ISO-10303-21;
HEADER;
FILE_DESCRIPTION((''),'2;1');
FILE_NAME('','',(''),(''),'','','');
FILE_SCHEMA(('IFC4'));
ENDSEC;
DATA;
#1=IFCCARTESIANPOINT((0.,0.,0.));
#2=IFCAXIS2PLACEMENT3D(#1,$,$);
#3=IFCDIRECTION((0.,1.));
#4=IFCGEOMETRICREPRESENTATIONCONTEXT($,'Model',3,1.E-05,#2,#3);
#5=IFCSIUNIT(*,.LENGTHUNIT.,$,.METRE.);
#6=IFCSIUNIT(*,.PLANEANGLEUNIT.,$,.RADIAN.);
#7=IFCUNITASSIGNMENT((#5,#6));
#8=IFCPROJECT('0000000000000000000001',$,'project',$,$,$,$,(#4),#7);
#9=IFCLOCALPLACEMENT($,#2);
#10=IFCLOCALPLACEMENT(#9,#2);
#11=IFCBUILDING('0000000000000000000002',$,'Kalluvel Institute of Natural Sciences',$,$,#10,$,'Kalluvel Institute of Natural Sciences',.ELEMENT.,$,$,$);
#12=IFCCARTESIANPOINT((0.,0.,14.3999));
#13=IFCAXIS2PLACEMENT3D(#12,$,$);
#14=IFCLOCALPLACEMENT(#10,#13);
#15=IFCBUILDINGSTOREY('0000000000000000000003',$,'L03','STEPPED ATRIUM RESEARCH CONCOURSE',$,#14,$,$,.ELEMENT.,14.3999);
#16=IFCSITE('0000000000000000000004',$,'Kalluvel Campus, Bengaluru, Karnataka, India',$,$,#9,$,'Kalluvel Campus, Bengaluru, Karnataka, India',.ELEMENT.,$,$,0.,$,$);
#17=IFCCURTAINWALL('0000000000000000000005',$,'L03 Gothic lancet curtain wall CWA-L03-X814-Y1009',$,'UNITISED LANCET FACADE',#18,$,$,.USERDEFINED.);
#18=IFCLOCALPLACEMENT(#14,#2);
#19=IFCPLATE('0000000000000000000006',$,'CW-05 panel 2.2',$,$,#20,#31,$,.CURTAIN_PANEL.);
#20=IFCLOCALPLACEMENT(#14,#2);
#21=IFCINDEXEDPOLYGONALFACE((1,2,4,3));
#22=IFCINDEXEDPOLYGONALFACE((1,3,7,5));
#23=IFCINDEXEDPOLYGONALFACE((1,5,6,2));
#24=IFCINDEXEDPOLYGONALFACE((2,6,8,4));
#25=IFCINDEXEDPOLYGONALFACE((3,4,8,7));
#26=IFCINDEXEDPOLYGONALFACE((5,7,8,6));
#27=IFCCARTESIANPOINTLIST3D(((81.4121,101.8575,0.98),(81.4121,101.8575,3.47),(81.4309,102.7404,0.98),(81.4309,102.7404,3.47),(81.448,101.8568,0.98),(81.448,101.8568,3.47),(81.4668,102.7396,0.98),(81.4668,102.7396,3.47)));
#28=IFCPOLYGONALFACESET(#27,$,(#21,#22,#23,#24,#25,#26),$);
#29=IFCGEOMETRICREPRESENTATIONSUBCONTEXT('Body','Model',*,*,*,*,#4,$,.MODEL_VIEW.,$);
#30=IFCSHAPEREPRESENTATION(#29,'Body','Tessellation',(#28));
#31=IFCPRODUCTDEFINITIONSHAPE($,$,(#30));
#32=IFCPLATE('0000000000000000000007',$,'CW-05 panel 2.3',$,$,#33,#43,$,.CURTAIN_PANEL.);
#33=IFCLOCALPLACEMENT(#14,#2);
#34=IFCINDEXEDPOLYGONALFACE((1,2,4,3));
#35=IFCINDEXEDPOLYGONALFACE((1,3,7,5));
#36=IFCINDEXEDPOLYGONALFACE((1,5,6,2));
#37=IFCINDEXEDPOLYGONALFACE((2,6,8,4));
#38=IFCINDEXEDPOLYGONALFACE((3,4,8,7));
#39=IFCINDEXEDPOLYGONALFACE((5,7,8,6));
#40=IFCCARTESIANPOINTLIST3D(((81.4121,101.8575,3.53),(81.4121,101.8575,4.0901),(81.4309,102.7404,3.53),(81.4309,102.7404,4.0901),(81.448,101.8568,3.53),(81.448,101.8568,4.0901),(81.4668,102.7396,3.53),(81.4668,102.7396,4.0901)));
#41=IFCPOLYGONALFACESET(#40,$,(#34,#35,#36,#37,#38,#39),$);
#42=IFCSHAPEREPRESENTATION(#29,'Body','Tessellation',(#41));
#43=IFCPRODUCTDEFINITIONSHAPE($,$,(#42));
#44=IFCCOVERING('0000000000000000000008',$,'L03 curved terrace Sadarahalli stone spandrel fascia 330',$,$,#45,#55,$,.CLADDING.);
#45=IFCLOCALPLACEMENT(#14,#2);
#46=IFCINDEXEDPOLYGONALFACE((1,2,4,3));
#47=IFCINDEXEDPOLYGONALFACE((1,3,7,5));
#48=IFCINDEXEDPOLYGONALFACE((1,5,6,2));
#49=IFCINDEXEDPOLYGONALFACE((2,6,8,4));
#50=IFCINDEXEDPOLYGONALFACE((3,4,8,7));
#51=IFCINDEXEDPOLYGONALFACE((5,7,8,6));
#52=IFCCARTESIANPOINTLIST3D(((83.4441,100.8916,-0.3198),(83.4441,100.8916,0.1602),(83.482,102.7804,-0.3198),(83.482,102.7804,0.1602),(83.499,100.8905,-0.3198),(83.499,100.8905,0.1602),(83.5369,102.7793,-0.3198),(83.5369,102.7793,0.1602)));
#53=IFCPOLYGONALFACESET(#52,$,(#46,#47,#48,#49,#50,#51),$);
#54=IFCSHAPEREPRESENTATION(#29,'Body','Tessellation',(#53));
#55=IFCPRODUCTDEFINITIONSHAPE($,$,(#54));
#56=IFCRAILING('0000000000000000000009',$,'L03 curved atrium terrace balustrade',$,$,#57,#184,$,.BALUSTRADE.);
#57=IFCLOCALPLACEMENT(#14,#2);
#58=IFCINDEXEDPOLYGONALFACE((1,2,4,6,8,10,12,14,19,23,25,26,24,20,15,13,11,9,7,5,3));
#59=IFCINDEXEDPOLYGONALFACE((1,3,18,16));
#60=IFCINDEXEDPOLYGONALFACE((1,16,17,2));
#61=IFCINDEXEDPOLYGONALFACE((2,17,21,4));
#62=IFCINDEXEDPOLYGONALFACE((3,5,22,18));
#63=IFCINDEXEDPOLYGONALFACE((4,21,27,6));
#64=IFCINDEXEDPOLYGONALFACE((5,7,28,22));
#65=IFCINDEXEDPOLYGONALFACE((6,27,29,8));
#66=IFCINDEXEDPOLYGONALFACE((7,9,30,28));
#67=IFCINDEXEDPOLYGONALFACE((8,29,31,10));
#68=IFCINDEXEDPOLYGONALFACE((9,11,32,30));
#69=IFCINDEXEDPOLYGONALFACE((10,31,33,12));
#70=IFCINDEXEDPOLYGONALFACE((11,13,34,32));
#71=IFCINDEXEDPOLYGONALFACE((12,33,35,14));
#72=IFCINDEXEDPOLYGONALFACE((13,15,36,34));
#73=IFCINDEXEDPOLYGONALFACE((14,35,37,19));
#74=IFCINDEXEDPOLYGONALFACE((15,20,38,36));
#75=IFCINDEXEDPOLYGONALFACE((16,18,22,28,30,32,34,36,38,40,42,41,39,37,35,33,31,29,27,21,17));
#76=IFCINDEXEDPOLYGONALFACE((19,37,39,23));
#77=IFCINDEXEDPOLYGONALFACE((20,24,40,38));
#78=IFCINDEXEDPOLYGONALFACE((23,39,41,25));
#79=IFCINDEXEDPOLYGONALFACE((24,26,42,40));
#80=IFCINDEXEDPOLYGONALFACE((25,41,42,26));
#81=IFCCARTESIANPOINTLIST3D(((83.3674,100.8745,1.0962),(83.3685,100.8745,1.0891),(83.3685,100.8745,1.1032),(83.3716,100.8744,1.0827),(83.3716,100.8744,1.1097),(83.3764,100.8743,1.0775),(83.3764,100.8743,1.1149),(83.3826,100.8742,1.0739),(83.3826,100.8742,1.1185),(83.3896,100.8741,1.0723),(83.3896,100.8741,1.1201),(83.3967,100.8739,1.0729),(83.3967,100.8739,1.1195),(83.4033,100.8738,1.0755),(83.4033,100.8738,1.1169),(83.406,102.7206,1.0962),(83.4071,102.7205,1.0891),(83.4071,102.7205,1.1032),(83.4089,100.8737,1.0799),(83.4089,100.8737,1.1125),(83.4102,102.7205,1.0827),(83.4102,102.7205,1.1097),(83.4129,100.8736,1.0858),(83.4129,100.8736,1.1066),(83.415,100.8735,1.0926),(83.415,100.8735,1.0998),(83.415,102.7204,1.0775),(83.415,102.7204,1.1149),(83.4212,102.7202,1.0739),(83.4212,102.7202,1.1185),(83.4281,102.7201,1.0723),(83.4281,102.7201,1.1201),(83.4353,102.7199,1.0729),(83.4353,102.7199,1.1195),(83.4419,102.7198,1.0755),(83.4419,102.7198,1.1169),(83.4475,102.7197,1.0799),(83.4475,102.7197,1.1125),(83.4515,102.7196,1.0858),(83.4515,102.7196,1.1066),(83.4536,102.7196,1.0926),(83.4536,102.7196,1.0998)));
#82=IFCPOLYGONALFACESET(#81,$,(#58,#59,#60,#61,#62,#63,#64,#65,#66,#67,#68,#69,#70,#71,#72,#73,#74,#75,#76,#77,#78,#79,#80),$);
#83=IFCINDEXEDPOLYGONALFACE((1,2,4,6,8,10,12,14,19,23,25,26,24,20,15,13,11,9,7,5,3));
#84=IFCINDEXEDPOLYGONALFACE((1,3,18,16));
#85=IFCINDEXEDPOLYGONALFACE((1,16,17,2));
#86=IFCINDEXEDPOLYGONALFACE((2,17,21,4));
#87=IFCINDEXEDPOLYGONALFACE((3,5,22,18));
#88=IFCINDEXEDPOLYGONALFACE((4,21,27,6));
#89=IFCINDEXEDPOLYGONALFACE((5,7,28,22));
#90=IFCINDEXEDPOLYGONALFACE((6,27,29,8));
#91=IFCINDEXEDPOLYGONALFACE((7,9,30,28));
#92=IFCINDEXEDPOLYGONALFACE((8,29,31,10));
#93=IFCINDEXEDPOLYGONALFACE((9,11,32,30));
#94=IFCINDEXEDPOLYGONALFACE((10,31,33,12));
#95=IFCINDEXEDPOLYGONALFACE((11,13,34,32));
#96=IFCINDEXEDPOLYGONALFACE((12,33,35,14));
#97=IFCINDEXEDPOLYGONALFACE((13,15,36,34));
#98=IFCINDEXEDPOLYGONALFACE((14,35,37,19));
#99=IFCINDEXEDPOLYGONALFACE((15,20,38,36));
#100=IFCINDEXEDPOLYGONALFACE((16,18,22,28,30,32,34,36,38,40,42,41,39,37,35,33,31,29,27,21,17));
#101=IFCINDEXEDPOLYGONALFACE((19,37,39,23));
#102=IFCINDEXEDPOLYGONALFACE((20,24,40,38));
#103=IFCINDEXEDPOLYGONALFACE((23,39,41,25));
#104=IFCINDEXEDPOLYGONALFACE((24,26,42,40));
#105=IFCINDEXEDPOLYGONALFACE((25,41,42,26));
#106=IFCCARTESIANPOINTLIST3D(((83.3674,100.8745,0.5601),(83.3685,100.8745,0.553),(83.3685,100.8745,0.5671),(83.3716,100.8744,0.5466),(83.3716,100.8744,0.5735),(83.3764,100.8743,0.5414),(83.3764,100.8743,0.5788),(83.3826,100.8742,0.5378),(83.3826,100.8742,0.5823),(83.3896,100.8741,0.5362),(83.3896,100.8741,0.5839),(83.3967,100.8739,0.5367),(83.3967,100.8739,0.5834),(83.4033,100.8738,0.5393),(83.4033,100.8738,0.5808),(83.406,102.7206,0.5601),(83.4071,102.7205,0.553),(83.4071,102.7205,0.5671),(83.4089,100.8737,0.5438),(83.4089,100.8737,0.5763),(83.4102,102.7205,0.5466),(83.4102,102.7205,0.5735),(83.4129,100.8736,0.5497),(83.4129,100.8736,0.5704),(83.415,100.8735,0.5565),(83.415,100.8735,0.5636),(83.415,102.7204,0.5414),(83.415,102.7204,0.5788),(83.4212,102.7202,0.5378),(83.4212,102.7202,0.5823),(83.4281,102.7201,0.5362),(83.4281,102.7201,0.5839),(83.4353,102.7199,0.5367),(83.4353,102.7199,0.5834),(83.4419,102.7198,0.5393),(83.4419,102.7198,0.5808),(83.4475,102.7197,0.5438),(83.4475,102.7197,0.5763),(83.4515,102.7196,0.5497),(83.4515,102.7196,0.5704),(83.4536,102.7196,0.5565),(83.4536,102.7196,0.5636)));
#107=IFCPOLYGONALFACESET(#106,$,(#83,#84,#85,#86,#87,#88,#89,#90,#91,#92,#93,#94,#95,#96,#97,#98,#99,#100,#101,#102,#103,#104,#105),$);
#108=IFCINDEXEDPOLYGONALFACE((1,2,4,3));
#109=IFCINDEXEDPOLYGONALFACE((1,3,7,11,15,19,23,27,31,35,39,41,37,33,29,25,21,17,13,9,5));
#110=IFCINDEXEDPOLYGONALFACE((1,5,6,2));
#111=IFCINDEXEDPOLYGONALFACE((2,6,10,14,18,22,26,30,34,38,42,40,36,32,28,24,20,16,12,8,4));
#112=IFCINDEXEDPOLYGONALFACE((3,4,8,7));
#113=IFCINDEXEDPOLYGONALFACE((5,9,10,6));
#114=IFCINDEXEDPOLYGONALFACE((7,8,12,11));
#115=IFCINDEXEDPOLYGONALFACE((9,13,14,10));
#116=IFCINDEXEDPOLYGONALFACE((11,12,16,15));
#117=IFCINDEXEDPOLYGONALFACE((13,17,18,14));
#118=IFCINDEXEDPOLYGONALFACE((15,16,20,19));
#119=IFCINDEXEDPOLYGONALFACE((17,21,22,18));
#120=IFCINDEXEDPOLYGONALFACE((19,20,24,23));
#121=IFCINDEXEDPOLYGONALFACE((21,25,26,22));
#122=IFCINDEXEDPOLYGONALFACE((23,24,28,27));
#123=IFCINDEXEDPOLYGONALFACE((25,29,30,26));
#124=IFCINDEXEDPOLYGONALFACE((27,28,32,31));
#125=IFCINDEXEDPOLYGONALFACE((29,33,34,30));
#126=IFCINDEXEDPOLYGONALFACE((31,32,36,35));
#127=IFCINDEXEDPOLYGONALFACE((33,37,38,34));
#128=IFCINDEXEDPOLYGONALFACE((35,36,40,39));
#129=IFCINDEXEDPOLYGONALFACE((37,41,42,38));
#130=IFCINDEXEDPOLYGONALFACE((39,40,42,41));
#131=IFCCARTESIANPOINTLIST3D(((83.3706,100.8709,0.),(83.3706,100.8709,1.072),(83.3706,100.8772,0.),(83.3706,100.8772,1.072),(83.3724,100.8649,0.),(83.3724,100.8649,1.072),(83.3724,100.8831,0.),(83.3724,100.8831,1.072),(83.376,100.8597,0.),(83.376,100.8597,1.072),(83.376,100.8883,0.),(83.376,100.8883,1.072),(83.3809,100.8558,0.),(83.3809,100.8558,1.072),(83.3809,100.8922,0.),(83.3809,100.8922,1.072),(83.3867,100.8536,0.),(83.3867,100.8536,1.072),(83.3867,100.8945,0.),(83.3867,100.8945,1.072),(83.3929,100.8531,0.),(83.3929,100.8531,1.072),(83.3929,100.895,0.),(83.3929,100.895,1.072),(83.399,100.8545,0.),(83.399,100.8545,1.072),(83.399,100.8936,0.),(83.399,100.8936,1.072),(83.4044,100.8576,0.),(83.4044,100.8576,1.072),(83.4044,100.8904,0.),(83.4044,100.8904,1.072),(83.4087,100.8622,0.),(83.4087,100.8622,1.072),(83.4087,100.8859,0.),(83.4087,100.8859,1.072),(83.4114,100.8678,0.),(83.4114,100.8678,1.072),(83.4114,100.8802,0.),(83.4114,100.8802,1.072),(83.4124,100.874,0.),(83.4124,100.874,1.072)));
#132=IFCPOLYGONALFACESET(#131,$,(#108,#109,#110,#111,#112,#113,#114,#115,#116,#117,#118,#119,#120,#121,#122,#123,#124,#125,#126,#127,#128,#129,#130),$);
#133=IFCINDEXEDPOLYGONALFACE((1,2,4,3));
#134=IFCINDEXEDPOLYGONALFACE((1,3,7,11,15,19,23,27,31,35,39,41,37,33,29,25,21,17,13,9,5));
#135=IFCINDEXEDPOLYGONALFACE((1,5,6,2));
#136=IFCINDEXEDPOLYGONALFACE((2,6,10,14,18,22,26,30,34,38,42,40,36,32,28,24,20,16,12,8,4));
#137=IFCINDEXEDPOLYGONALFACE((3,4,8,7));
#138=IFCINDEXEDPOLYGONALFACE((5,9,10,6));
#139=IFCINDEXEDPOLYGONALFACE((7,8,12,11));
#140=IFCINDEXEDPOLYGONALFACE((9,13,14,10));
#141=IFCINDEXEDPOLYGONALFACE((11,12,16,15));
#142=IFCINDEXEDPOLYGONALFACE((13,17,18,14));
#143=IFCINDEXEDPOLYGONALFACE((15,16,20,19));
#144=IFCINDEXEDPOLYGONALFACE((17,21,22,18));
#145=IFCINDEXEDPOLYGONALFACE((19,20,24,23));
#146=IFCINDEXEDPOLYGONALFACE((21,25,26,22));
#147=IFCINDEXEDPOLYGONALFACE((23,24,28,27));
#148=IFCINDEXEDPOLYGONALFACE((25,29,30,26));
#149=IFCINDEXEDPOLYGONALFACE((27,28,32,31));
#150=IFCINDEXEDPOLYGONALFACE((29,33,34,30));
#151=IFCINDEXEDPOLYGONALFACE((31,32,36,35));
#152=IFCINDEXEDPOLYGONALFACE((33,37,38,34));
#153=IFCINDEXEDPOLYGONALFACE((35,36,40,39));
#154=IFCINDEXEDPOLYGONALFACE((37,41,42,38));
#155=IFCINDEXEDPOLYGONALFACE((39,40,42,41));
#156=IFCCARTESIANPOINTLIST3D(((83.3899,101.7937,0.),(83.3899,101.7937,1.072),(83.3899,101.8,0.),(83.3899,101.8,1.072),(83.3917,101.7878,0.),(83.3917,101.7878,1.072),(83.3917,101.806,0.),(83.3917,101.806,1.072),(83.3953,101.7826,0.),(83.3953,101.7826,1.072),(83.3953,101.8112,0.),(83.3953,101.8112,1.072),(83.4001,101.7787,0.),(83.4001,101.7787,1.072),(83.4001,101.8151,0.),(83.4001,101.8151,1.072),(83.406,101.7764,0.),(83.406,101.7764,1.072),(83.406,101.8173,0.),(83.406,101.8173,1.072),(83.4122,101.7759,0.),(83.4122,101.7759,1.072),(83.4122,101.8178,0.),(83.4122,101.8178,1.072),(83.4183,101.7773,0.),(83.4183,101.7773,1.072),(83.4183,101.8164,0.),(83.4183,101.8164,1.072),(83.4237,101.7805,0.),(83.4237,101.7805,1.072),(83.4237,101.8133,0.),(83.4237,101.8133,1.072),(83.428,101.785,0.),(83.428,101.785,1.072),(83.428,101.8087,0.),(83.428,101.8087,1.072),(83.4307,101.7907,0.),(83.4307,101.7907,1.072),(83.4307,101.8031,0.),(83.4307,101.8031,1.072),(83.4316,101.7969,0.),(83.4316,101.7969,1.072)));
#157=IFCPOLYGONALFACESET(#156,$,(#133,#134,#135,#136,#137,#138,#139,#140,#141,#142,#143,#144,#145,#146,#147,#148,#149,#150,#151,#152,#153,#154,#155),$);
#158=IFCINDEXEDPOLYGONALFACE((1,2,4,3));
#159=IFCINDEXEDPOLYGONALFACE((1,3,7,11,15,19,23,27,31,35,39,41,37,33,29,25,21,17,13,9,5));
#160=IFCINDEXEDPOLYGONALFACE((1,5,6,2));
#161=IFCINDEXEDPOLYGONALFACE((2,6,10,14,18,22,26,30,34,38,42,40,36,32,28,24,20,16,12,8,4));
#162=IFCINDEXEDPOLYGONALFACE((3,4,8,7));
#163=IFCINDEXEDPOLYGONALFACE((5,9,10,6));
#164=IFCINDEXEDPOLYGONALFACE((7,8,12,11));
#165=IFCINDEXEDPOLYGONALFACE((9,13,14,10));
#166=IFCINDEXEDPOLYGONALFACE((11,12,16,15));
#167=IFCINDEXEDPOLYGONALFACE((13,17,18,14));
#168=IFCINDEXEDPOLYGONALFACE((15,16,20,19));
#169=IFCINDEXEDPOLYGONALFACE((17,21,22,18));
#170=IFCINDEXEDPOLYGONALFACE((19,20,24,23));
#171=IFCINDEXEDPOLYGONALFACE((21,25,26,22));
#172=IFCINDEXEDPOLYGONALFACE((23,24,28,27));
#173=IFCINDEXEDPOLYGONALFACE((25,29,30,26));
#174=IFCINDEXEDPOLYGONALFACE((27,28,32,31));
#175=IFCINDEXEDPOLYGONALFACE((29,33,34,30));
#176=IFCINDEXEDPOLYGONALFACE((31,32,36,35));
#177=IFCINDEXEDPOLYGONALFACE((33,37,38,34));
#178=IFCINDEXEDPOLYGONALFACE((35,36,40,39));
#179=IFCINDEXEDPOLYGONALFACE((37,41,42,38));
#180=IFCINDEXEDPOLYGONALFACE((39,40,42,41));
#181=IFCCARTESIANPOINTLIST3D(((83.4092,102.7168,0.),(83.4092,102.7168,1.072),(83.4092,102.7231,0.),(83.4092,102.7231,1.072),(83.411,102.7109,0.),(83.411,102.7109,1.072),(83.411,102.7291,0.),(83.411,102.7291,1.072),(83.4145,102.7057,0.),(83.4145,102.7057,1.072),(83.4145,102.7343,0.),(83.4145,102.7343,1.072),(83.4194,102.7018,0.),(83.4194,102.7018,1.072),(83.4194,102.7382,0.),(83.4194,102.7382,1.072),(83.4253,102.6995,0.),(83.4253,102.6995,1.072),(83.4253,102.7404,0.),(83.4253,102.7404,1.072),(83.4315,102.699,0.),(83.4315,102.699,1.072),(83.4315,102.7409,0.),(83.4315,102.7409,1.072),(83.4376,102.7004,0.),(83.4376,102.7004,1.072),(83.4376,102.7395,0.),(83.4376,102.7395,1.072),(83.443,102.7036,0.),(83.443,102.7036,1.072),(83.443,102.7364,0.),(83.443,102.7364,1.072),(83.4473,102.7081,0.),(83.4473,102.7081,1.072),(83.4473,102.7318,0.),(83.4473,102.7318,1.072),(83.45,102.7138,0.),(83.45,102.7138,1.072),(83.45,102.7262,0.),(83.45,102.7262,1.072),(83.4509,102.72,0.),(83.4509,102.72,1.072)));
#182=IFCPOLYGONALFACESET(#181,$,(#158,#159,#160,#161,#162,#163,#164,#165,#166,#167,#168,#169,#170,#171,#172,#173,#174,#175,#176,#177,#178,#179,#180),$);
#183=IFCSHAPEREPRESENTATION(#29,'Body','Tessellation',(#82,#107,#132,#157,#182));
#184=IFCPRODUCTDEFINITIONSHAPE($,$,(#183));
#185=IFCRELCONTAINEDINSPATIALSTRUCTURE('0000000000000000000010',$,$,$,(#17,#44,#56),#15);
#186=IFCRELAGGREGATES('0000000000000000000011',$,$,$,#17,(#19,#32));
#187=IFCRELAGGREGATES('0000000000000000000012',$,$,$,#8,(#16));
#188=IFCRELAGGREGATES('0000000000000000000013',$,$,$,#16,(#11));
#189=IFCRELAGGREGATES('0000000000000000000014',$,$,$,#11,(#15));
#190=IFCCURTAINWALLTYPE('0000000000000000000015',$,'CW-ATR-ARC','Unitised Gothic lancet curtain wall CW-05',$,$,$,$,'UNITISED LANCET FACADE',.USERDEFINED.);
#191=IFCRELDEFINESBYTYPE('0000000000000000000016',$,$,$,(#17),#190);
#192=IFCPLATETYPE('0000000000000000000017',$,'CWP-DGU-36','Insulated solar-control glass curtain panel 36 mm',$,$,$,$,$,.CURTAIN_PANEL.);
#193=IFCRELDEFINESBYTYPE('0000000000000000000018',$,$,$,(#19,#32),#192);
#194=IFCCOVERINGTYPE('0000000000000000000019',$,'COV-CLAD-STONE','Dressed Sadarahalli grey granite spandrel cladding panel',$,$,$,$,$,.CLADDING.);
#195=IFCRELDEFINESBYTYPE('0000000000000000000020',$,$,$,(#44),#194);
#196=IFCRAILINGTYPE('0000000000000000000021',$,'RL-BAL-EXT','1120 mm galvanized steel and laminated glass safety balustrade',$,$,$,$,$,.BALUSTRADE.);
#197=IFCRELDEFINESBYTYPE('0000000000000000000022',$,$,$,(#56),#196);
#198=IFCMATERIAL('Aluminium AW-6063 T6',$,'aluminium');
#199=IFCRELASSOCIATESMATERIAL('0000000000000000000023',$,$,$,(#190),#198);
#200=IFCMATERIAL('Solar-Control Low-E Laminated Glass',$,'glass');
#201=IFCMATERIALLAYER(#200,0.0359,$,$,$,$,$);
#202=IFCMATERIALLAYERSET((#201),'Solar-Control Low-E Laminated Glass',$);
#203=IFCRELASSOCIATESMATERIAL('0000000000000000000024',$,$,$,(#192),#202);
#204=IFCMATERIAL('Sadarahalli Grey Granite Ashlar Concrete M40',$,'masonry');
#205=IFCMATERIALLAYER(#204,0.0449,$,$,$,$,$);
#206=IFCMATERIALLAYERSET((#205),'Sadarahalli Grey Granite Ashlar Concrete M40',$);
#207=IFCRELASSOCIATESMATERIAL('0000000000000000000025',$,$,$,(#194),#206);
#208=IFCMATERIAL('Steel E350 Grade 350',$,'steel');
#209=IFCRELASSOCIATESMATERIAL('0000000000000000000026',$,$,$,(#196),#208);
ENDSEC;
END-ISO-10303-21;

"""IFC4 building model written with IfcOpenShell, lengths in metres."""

from ifc_helpers import new_model, si_unit, direction, frame, origin, origin_2d, place, context, subcontext, project, spatial, rectangle, circle, extrude, material, layer, layer_set, type_object, element, aggregate, save


model = new_model("IFC4")

# Units and contexts
model_context = context("Model", 3, precision=1e-05, world=origin(), true_north=direction((0.0, 1.0)))
body_context = subcontext(model_context, "Body", "Model", "MODEL_VIEW")
ifc_project = project(units=[si_unit("LENGTHUNIT", "METRE"), si_unit("PLANEANGLEUNIT", "RADIAN")], contexts=[model_context])

# Site, building, storey
site_placement = place(None, origin())
site = spatial("IfcSite", under=ifc_project, at=site_placement, Name="Kalluvel Campus, Bengaluru, Karnataka, India", LongName="Kalluvel Campus, Bengaluru, Karnataka, India", CompositionType="ELEMENT", RefElevation=0.0)
building_placement = place(site_placement, origin())
building = spatial("IfcBuilding", under=site, at=building_placement, Name="Kalluvel Institute of Natural Sciences", LongName="Kalluvel Institute of Natural Sciences", CompositionType="ELEMENT")
storey_placement = place(building_placement, frame((0.0, 0.0, 14.3999)))
storey = spatial("IfcBuildingStorey", under=building, at=storey_placement, Name="L03", Description="STEPPED ATRIUM RESEARCH CONCOURSE", CompositionType="ELEMENT", Elevation=14.3999)

# Shared definitions
ifc_material_1 = material(Name="Aluminium AW-6063 T6", Category="aluminium")

# Curtain wall
curtain_wall_type_1 = type_object("IfcCurtainWallType", Name="CW-ATR-ARC", Description="Unitised Gothic lancet curtain wall CW-05", ElementType="UNITISED LANCET FACADE", PredefinedType="USERDEFINED", material=ifc_material_1)
curtain_wall_1_placement = place(storey_placement, origin())
curtain_wall_1 = element("IfcCurtainWall", 1, at=curtain_wall_1_placement, inside=storey, type_object=curtain_wall_type_1, Name="L03 Gothic lancet curtain wall CWA-L03-X814-Y1009", ObjectType="UNITISED LANCET FACADE", PredefinedType="USERDEFINED")

# Plates
ifc_material_2 = material(Name="Solar-Control Low-E Laminated Glass", Category="glass")
ifc_layer_1 = layer(ifc_material_2, 0.0359)
ifc_layer_set_1 = layer_set([ifc_layer_1], Name="Solar-Control Low-E Laminated Glass")
plate_type_1 = type_object("IfcPlateType", Name="CWP-DGU-36", Description="Insulated solar-control glass curtain panel 36 mm", PredefinedType="CURTAIN_PANEL", material=ifc_layer_set_1)
plate_1_placement = place(storey_placement, frame((81.4395, 102.2986, 0.98), z_axis=(0.0, 0.0, 1.0), x_axis=(0.021219, 0.999775, 0.0)))
plate_1 = element("IfcPlate", 2, at=plate_1_placement, type_object=plate_type_1, Name="CW-05 panel 2.2", PredefinedType="CURTAIN_PANEL", context=body_context, shape_type="SweptSolid", body=[
    extrude(rectangle(XDim=0.8831, YDim=0.0359, at=origin_2d()), origin(), (0.0, 0.0, 1.0), 2.49),
])
plate_2_placement = place(storey_placement, frame((81.4395, 102.2986, 3.53), z_axis=(0.0, 0.0, 1.0), x_axis=(0.021219, 0.999775, 0.0)))
plate_2 = element("IfcPlate", 3, at=plate_2_placement, type_object=plate_type_1, Name="CW-05 panel 2.3", PredefinedType="CURTAIN_PANEL", context=body_context, shape_type="SweptSolid", body=[
    extrude(rectangle(XDim=0.8831, YDim=0.0359, at=origin_2d()), origin(), (0.0, 0.0, 1.0), 0.5601),
])
aggregate(curtain_wall_1, [plate_1, plate_2])

# Covering
ifc_material_3 = material(Name="Sadarahalli Grey Granite Ashlar Concrete M40", Category="masonry")
ifc_layer_2 = layer(ifc_material_3, 0.0449)
ifc_layer_set_2 = layer_set([ifc_layer_2], Name="Sadarahalli Grey Granite Ashlar Concrete M40")
covering_type = type_object("IfcCoveringType", Name="COV-CLAD-STONE", Description="Dressed Sadarahalli grey granite spandrel cladding panel", PredefinedType="CLADDING", material=ifc_layer_set_2)
covering_placement = place(storey_placement, frame((83.4905, 101.8354, -0.3198), z_axis=(0.0, 0.0, 1.0), x_axis=(0.02007, 0.999799, 0.0)))
element("IfcCovering", 4, at=covering_placement, inside=storey, type_object=covering_type, Name="L03 curved terrace Sadarahalli stone spandrel fascia 330", PredefinedType="CLADDING", context=body_context, shape_type="SweptSolid", body=[
    extrude(rectangle(XDim=1.8892, YDim=0.0549, at=origin_2d()), origin(), (0.0, 0.0, 1.0), 0.48),
])

# Railing
ifc_material_4 = material(Name="Steel E350 Grade 350", Category="steel")
railing_type = type_object("IfcRailingType", Name="RL-BAL-EXT", Description="1120 mm galvanized steel and laminated glass safety balustrade", PredefinedType="BALUSTRADE", material=ifc_material_4)
railing_placement = place(storey_placement, frame((83.3914, 100.874, 0.0)))
element("IfcRailing", 5, at=railing_placement, inside=storey, type_object=railing_type, Name="L03 curved atrium terrace balustrade", PredefinedType="BALUSTRADE", context=body_context, shape_type="SweptSolid", body=[
    extrude(circle(Radius=0.0239, at=origin_2d()), frame((0.0, 0.0, 1.0962), z_axis=(0.020892, 0.999782, 0.0), x_axis=(-0.999782, 0.020892, 0.0)), (0.0, 0.0, 1.0), 1.8464),
    extrude(circle(Radius=0.0239, at=origin_2d()), frame((0.0, 0.0, 0.5601), z_axis=(0.020892, 0.999782, 0.0), x_axis=(-0.999782, 0.020892, 0.0)), (0.0, 0.0, 1.0), 1.8464),
    extrude(circle(Radius=0.021, at=origin_2d()), origin(), (0.0, 0.0, 1.0), 1.072),
    extrude(circle(Radius=0.021, at=origin_2d()), frame((0.0193, 0.9229, 0.0)), (0.0, 0.0, 1.0), 1.072),
    extrude(circle(Radius=0.021, at=origin_2d()), frame((0.0386, 1.8459, 0.0)), (0.0, 0.0, 1.0), 1.072),
])

save(model, "model.ifc")
